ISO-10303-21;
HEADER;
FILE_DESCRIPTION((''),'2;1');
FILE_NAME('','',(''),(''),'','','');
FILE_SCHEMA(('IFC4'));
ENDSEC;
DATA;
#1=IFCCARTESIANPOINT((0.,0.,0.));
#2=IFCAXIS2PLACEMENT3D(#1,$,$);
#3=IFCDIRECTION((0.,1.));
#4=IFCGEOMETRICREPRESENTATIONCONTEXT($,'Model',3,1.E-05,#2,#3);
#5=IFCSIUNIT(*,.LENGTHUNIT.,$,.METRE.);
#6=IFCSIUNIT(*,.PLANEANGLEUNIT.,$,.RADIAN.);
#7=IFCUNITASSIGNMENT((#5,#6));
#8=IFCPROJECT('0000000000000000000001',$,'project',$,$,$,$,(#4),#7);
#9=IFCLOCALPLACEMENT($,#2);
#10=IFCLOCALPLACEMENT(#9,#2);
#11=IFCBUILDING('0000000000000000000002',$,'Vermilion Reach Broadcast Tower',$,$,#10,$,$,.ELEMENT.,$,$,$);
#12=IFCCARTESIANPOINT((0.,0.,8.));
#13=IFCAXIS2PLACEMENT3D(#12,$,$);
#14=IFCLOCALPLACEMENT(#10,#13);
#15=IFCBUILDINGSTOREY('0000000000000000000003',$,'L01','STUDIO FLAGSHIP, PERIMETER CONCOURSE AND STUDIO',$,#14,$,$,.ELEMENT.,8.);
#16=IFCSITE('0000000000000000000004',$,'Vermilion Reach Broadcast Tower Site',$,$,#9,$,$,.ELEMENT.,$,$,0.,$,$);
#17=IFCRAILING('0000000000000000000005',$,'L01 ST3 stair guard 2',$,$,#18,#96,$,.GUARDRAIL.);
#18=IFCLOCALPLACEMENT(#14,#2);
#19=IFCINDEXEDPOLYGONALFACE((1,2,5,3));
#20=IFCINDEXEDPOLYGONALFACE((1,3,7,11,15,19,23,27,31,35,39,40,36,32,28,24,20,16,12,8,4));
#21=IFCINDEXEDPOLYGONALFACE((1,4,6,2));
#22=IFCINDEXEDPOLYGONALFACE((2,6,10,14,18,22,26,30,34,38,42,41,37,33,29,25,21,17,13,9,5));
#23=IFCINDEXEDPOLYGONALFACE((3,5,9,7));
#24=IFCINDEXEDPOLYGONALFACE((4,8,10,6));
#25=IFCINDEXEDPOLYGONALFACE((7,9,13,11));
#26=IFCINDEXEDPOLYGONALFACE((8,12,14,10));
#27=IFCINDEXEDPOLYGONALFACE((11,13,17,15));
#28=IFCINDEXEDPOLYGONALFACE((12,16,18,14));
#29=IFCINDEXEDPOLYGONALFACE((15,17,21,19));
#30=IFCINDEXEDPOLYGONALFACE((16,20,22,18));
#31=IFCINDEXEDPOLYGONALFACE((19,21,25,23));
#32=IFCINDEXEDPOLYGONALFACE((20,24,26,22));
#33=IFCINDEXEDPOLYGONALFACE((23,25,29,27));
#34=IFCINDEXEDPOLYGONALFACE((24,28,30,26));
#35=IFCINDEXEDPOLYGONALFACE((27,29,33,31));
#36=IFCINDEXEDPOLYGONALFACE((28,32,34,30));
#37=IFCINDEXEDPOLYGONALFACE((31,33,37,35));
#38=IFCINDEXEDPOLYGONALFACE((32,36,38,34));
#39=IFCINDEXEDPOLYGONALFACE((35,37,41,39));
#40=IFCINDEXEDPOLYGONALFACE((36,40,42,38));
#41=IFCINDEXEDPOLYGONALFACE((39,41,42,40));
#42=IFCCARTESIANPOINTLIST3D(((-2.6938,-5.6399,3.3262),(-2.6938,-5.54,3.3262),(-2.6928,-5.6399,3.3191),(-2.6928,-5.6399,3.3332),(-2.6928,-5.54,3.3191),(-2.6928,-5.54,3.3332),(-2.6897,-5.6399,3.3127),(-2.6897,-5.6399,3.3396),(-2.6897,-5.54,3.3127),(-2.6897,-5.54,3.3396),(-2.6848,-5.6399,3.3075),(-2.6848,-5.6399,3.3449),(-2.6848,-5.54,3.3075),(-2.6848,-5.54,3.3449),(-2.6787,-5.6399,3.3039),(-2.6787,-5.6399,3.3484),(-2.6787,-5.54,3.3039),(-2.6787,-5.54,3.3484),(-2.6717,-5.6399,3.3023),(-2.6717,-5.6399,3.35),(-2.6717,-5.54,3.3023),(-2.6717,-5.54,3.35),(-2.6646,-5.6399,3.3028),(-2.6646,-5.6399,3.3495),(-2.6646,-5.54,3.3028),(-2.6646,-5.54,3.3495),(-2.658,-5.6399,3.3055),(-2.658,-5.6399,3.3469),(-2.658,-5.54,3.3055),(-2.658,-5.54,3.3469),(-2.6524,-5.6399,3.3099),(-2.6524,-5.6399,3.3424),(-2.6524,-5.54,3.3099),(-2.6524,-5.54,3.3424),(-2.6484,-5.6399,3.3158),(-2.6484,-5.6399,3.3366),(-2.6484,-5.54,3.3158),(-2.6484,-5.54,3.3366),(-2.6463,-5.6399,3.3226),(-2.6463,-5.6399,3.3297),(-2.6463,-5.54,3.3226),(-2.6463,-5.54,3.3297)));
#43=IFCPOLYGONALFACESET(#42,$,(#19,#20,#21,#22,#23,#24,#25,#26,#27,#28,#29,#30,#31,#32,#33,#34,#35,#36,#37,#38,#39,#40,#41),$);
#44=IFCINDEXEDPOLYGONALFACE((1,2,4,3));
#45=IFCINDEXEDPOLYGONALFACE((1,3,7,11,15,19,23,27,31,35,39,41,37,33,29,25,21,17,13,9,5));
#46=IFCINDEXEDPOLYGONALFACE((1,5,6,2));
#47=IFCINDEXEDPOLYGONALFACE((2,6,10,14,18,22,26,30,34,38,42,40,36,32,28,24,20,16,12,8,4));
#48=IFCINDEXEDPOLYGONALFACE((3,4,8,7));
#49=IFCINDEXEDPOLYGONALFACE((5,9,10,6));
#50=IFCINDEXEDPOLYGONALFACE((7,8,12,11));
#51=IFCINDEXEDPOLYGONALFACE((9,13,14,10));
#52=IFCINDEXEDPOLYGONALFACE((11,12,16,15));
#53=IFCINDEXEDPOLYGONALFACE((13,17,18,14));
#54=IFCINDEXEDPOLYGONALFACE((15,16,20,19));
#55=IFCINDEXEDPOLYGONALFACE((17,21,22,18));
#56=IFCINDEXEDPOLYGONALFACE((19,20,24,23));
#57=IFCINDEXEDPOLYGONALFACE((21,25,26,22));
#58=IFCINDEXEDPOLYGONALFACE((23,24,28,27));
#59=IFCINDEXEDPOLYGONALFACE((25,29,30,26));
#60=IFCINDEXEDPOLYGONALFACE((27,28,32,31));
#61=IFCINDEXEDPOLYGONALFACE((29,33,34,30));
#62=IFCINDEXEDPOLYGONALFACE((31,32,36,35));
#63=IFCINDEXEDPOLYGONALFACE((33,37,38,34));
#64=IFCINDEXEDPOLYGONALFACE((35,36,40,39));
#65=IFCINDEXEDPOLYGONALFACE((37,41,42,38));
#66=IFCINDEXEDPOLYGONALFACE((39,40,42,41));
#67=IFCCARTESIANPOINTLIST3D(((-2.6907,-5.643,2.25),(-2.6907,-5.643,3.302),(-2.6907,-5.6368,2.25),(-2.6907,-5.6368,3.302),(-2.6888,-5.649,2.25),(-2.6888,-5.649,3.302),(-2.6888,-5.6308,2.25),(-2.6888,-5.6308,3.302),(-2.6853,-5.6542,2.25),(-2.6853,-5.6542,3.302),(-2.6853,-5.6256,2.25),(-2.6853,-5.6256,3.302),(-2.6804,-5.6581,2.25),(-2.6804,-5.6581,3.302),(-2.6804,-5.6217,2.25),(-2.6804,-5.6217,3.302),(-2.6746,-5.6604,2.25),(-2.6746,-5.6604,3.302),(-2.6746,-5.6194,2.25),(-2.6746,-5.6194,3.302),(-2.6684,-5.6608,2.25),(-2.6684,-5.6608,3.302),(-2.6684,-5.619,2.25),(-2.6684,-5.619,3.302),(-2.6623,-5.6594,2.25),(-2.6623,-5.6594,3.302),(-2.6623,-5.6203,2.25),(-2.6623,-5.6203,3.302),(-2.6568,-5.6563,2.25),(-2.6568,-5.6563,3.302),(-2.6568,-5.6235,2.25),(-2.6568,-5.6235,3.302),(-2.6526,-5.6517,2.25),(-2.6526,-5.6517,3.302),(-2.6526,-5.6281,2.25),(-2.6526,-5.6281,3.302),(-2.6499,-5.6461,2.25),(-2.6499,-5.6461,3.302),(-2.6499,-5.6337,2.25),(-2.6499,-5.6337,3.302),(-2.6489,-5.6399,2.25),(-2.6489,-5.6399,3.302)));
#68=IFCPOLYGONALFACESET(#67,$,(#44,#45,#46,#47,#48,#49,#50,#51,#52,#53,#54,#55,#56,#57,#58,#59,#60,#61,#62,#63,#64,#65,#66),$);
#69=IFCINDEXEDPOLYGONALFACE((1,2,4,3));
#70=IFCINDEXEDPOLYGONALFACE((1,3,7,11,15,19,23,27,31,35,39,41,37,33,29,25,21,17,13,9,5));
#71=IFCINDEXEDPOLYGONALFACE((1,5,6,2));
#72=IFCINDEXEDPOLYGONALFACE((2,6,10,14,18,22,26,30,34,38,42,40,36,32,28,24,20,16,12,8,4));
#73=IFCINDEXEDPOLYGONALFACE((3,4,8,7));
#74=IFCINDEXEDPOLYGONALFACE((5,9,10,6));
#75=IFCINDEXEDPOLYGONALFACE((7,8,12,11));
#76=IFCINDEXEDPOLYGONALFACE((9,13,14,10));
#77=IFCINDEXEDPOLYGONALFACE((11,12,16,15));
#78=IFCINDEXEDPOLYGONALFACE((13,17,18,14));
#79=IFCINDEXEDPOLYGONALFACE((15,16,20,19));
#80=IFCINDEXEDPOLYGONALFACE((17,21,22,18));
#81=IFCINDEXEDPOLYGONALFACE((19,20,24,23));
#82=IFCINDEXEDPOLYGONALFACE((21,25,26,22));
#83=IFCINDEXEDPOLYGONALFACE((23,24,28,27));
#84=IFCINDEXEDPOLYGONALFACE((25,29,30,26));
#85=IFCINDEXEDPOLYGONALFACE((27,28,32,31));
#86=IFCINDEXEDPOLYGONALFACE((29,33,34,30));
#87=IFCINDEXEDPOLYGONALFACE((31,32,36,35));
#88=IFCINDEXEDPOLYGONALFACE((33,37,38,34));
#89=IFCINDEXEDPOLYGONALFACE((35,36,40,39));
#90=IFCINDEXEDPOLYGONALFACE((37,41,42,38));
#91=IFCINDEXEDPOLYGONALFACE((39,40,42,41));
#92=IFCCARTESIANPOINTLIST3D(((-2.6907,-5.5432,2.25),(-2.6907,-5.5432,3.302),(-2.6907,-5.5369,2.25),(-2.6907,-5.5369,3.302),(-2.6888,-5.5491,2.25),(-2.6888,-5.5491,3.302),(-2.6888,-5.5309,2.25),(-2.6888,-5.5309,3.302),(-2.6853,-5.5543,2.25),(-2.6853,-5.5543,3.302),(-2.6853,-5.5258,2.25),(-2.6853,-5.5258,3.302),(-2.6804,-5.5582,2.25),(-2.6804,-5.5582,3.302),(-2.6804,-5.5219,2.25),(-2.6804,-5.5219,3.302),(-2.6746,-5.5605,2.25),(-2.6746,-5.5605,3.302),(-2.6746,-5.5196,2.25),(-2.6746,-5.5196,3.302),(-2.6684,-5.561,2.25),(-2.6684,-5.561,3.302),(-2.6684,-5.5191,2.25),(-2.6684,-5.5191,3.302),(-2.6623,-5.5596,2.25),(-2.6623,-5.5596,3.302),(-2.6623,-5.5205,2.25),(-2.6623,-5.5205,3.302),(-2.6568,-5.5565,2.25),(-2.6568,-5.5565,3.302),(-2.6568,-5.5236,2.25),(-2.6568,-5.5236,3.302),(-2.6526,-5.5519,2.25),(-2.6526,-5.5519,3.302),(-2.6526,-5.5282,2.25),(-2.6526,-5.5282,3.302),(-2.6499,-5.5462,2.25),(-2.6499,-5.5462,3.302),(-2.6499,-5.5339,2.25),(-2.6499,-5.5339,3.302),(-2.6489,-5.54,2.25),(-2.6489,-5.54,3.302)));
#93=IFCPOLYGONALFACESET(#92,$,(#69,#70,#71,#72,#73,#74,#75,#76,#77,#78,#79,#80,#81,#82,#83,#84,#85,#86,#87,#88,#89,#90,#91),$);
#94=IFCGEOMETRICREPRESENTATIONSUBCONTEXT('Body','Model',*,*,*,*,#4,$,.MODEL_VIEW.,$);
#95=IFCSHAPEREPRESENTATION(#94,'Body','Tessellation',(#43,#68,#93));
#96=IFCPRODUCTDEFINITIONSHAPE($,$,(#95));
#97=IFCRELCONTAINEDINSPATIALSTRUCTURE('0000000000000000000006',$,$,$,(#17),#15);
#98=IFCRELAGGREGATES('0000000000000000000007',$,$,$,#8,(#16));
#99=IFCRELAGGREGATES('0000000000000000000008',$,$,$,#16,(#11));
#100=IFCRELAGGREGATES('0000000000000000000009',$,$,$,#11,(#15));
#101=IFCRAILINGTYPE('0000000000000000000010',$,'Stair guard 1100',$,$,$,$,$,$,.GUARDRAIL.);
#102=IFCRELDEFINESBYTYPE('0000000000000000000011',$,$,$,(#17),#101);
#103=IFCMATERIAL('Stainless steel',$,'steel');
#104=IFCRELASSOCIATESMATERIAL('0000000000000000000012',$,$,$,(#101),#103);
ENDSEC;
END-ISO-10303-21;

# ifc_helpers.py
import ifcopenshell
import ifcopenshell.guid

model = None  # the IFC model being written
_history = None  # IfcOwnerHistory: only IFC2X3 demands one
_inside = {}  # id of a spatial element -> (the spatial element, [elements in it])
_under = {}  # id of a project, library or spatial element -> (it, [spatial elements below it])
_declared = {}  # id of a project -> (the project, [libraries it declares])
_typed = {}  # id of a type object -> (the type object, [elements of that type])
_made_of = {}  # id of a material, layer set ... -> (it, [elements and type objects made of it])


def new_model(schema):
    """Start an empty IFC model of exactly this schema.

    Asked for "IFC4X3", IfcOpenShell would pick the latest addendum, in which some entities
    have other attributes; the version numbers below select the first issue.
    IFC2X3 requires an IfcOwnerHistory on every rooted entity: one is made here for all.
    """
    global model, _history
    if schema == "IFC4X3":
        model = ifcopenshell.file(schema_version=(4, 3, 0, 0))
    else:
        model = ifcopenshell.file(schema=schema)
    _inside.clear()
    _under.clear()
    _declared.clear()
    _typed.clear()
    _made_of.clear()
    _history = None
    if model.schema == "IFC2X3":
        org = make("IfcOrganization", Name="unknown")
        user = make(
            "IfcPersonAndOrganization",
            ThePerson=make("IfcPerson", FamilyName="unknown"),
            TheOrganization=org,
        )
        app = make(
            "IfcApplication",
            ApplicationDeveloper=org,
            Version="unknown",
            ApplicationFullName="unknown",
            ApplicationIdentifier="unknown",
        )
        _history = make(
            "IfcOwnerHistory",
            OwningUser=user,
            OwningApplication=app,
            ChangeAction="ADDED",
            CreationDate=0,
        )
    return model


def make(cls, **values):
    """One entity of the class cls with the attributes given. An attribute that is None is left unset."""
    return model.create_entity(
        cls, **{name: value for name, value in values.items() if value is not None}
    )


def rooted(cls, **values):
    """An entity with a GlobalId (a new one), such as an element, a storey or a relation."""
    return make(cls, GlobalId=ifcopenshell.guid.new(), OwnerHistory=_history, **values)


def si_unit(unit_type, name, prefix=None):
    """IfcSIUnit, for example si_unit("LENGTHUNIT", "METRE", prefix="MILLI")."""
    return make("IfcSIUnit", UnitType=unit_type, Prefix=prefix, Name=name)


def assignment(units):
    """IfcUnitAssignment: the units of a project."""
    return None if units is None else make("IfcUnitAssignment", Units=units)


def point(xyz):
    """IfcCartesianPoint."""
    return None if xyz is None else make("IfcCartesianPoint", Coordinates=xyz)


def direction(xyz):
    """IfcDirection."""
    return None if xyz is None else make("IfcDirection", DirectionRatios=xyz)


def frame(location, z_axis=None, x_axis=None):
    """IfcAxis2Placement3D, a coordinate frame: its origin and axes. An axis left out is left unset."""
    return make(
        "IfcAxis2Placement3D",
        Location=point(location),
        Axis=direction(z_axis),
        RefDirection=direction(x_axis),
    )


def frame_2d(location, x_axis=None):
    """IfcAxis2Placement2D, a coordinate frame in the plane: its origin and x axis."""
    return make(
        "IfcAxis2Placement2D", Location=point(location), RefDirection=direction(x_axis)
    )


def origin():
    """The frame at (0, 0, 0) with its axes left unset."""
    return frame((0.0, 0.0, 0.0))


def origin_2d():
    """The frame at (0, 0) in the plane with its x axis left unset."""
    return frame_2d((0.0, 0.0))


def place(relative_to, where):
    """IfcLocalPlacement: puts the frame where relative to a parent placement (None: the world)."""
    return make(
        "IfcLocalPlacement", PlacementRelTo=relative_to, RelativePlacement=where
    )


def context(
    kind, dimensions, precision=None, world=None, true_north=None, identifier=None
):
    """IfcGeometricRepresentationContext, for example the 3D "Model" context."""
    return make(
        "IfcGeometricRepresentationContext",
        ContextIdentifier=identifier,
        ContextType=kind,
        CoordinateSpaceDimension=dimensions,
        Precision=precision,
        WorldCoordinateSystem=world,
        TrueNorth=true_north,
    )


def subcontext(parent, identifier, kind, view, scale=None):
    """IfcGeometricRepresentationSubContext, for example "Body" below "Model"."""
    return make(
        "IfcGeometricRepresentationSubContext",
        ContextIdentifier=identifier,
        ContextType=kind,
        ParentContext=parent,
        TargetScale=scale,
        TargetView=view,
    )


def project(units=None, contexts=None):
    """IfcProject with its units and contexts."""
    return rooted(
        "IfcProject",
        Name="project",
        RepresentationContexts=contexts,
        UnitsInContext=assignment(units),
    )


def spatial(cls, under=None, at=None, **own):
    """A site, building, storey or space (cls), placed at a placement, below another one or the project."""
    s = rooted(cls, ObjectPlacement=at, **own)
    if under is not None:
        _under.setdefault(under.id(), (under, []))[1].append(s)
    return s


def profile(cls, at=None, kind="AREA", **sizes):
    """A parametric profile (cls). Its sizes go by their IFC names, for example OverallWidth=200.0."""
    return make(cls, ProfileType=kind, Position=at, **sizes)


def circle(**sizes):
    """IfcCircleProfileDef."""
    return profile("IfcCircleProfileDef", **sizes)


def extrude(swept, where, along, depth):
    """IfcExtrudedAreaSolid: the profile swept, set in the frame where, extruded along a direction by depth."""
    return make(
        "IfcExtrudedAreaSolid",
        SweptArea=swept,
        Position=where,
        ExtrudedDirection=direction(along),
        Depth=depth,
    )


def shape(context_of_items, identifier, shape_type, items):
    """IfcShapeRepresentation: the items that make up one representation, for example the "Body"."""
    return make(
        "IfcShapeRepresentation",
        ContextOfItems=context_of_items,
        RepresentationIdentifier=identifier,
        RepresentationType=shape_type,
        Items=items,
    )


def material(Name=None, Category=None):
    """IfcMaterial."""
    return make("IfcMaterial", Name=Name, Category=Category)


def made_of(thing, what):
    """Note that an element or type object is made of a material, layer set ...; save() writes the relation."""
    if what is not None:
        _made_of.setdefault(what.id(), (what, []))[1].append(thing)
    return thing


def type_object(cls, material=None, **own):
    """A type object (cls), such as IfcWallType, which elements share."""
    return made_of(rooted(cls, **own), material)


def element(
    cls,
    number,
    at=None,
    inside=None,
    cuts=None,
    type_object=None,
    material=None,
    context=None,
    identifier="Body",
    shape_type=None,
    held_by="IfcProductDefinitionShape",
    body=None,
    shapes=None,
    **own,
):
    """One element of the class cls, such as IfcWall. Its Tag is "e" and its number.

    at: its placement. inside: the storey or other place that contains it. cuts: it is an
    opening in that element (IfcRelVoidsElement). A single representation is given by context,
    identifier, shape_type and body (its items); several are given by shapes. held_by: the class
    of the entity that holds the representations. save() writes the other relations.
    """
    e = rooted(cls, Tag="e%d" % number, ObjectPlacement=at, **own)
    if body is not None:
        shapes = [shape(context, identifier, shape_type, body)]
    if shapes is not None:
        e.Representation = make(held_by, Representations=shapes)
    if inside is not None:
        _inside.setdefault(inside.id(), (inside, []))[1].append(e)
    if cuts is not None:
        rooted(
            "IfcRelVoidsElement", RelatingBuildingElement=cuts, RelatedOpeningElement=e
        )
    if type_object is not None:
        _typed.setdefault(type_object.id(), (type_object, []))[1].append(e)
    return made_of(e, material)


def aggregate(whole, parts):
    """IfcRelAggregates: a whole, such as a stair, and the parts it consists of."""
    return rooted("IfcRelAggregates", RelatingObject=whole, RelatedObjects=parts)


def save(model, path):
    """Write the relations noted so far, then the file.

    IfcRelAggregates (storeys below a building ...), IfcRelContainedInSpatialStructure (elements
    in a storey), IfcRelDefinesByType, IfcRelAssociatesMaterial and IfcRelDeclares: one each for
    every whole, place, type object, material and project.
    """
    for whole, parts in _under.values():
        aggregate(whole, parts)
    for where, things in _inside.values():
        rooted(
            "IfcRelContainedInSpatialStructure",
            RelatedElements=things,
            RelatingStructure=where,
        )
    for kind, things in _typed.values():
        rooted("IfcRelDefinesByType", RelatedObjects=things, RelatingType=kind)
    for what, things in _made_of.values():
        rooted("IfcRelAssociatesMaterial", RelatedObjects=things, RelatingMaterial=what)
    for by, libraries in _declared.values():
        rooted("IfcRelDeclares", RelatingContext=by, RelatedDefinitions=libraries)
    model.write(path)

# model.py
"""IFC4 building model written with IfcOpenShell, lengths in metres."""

from ifc_helpers import new_model, si_unit, direction, frame, origin, origin_2d, place, context, subcontext, project, spatial, circle, extrude, material, type_object, element, save


model = new_model("IFC4")

# Units and contexts
model_context = context("Model", 3, precision=1e-05, world=origin(), true_north=direction((0.0, 1.0)))
body_context = subcontext(model_context, "Body", "Model", "MODEL_VIEW")
ifc_project = project(units=[si_unit("LENGTHUNIT", "METRE"), si_unit("PLANEANGLEUNIT", "RADIAN")], contexts=[model_context])

# Site, building, storey
site_placement = place(None, origin())
site = spatial("IfcSite", under=ifc_project, at=site_placement, Name="Vermilion Reach Broadcast Tower Site", CompositionType="ELEMENT", RefElevation=0.0)
building_placement = place(site_placement, origin())
building = spatial("IfcBuilding", under=site, at=building_placement, Name="Vermilion Reach Broadcast Tower", CompositionType="ELEMENT")
storey_placement = place(building_placement, frame((0.0, 0.0, 8.0)))
storey = spatial("IfcBuildingStorey", under=building, at=storey_placement, Name="L01", Description="STUDIO FLAGSHIP, PERIMETER CONCOURSE AND STUDIO", CompositionType="ELEMENT", Elevation=8.0)

# Railing
ifc_material_1 = material(Name="Stainless steel", Category="steel")
railing_type_1 = type_object("IfcRailingType", Name="Stair guard 1100", PredefinedType="GUARDRAIL", material=ifc_material_1)
railing_1_placement = place(storey_placement, frame((-2.6699, -5.6399, 2.25)))
element("IfcRailing", 1, at=railing_1_placement, inside=storey, type_object=railing_type_1, Name="L01 ST3 stair guard 2", PredefinedType="GUARDRAIL", context=body_context, shape_type="SweptSolid", body=[
    extrude(circle(Radius=0.0239, at=origin_2d()), frame((0.0, 0.0, 1.0762), z_axis=(0.0, 1.0, 0.0), x_axis=(-1.0, 0.0, 0.0)), (0.0, 0.0, 1.0), 0.0999),
    extrude(circle(Radius=0.021, at=origin_2d()), origin(), (0.0, 0.0, 1.0), 1.052),
    extrude(circle(Radius=0.021, at=origin_2d()), frame((0.0, 0.0999, 0.0)), (0.0, 0.0, 1.0), 1.052),
])

save(model, "model.ifc")
